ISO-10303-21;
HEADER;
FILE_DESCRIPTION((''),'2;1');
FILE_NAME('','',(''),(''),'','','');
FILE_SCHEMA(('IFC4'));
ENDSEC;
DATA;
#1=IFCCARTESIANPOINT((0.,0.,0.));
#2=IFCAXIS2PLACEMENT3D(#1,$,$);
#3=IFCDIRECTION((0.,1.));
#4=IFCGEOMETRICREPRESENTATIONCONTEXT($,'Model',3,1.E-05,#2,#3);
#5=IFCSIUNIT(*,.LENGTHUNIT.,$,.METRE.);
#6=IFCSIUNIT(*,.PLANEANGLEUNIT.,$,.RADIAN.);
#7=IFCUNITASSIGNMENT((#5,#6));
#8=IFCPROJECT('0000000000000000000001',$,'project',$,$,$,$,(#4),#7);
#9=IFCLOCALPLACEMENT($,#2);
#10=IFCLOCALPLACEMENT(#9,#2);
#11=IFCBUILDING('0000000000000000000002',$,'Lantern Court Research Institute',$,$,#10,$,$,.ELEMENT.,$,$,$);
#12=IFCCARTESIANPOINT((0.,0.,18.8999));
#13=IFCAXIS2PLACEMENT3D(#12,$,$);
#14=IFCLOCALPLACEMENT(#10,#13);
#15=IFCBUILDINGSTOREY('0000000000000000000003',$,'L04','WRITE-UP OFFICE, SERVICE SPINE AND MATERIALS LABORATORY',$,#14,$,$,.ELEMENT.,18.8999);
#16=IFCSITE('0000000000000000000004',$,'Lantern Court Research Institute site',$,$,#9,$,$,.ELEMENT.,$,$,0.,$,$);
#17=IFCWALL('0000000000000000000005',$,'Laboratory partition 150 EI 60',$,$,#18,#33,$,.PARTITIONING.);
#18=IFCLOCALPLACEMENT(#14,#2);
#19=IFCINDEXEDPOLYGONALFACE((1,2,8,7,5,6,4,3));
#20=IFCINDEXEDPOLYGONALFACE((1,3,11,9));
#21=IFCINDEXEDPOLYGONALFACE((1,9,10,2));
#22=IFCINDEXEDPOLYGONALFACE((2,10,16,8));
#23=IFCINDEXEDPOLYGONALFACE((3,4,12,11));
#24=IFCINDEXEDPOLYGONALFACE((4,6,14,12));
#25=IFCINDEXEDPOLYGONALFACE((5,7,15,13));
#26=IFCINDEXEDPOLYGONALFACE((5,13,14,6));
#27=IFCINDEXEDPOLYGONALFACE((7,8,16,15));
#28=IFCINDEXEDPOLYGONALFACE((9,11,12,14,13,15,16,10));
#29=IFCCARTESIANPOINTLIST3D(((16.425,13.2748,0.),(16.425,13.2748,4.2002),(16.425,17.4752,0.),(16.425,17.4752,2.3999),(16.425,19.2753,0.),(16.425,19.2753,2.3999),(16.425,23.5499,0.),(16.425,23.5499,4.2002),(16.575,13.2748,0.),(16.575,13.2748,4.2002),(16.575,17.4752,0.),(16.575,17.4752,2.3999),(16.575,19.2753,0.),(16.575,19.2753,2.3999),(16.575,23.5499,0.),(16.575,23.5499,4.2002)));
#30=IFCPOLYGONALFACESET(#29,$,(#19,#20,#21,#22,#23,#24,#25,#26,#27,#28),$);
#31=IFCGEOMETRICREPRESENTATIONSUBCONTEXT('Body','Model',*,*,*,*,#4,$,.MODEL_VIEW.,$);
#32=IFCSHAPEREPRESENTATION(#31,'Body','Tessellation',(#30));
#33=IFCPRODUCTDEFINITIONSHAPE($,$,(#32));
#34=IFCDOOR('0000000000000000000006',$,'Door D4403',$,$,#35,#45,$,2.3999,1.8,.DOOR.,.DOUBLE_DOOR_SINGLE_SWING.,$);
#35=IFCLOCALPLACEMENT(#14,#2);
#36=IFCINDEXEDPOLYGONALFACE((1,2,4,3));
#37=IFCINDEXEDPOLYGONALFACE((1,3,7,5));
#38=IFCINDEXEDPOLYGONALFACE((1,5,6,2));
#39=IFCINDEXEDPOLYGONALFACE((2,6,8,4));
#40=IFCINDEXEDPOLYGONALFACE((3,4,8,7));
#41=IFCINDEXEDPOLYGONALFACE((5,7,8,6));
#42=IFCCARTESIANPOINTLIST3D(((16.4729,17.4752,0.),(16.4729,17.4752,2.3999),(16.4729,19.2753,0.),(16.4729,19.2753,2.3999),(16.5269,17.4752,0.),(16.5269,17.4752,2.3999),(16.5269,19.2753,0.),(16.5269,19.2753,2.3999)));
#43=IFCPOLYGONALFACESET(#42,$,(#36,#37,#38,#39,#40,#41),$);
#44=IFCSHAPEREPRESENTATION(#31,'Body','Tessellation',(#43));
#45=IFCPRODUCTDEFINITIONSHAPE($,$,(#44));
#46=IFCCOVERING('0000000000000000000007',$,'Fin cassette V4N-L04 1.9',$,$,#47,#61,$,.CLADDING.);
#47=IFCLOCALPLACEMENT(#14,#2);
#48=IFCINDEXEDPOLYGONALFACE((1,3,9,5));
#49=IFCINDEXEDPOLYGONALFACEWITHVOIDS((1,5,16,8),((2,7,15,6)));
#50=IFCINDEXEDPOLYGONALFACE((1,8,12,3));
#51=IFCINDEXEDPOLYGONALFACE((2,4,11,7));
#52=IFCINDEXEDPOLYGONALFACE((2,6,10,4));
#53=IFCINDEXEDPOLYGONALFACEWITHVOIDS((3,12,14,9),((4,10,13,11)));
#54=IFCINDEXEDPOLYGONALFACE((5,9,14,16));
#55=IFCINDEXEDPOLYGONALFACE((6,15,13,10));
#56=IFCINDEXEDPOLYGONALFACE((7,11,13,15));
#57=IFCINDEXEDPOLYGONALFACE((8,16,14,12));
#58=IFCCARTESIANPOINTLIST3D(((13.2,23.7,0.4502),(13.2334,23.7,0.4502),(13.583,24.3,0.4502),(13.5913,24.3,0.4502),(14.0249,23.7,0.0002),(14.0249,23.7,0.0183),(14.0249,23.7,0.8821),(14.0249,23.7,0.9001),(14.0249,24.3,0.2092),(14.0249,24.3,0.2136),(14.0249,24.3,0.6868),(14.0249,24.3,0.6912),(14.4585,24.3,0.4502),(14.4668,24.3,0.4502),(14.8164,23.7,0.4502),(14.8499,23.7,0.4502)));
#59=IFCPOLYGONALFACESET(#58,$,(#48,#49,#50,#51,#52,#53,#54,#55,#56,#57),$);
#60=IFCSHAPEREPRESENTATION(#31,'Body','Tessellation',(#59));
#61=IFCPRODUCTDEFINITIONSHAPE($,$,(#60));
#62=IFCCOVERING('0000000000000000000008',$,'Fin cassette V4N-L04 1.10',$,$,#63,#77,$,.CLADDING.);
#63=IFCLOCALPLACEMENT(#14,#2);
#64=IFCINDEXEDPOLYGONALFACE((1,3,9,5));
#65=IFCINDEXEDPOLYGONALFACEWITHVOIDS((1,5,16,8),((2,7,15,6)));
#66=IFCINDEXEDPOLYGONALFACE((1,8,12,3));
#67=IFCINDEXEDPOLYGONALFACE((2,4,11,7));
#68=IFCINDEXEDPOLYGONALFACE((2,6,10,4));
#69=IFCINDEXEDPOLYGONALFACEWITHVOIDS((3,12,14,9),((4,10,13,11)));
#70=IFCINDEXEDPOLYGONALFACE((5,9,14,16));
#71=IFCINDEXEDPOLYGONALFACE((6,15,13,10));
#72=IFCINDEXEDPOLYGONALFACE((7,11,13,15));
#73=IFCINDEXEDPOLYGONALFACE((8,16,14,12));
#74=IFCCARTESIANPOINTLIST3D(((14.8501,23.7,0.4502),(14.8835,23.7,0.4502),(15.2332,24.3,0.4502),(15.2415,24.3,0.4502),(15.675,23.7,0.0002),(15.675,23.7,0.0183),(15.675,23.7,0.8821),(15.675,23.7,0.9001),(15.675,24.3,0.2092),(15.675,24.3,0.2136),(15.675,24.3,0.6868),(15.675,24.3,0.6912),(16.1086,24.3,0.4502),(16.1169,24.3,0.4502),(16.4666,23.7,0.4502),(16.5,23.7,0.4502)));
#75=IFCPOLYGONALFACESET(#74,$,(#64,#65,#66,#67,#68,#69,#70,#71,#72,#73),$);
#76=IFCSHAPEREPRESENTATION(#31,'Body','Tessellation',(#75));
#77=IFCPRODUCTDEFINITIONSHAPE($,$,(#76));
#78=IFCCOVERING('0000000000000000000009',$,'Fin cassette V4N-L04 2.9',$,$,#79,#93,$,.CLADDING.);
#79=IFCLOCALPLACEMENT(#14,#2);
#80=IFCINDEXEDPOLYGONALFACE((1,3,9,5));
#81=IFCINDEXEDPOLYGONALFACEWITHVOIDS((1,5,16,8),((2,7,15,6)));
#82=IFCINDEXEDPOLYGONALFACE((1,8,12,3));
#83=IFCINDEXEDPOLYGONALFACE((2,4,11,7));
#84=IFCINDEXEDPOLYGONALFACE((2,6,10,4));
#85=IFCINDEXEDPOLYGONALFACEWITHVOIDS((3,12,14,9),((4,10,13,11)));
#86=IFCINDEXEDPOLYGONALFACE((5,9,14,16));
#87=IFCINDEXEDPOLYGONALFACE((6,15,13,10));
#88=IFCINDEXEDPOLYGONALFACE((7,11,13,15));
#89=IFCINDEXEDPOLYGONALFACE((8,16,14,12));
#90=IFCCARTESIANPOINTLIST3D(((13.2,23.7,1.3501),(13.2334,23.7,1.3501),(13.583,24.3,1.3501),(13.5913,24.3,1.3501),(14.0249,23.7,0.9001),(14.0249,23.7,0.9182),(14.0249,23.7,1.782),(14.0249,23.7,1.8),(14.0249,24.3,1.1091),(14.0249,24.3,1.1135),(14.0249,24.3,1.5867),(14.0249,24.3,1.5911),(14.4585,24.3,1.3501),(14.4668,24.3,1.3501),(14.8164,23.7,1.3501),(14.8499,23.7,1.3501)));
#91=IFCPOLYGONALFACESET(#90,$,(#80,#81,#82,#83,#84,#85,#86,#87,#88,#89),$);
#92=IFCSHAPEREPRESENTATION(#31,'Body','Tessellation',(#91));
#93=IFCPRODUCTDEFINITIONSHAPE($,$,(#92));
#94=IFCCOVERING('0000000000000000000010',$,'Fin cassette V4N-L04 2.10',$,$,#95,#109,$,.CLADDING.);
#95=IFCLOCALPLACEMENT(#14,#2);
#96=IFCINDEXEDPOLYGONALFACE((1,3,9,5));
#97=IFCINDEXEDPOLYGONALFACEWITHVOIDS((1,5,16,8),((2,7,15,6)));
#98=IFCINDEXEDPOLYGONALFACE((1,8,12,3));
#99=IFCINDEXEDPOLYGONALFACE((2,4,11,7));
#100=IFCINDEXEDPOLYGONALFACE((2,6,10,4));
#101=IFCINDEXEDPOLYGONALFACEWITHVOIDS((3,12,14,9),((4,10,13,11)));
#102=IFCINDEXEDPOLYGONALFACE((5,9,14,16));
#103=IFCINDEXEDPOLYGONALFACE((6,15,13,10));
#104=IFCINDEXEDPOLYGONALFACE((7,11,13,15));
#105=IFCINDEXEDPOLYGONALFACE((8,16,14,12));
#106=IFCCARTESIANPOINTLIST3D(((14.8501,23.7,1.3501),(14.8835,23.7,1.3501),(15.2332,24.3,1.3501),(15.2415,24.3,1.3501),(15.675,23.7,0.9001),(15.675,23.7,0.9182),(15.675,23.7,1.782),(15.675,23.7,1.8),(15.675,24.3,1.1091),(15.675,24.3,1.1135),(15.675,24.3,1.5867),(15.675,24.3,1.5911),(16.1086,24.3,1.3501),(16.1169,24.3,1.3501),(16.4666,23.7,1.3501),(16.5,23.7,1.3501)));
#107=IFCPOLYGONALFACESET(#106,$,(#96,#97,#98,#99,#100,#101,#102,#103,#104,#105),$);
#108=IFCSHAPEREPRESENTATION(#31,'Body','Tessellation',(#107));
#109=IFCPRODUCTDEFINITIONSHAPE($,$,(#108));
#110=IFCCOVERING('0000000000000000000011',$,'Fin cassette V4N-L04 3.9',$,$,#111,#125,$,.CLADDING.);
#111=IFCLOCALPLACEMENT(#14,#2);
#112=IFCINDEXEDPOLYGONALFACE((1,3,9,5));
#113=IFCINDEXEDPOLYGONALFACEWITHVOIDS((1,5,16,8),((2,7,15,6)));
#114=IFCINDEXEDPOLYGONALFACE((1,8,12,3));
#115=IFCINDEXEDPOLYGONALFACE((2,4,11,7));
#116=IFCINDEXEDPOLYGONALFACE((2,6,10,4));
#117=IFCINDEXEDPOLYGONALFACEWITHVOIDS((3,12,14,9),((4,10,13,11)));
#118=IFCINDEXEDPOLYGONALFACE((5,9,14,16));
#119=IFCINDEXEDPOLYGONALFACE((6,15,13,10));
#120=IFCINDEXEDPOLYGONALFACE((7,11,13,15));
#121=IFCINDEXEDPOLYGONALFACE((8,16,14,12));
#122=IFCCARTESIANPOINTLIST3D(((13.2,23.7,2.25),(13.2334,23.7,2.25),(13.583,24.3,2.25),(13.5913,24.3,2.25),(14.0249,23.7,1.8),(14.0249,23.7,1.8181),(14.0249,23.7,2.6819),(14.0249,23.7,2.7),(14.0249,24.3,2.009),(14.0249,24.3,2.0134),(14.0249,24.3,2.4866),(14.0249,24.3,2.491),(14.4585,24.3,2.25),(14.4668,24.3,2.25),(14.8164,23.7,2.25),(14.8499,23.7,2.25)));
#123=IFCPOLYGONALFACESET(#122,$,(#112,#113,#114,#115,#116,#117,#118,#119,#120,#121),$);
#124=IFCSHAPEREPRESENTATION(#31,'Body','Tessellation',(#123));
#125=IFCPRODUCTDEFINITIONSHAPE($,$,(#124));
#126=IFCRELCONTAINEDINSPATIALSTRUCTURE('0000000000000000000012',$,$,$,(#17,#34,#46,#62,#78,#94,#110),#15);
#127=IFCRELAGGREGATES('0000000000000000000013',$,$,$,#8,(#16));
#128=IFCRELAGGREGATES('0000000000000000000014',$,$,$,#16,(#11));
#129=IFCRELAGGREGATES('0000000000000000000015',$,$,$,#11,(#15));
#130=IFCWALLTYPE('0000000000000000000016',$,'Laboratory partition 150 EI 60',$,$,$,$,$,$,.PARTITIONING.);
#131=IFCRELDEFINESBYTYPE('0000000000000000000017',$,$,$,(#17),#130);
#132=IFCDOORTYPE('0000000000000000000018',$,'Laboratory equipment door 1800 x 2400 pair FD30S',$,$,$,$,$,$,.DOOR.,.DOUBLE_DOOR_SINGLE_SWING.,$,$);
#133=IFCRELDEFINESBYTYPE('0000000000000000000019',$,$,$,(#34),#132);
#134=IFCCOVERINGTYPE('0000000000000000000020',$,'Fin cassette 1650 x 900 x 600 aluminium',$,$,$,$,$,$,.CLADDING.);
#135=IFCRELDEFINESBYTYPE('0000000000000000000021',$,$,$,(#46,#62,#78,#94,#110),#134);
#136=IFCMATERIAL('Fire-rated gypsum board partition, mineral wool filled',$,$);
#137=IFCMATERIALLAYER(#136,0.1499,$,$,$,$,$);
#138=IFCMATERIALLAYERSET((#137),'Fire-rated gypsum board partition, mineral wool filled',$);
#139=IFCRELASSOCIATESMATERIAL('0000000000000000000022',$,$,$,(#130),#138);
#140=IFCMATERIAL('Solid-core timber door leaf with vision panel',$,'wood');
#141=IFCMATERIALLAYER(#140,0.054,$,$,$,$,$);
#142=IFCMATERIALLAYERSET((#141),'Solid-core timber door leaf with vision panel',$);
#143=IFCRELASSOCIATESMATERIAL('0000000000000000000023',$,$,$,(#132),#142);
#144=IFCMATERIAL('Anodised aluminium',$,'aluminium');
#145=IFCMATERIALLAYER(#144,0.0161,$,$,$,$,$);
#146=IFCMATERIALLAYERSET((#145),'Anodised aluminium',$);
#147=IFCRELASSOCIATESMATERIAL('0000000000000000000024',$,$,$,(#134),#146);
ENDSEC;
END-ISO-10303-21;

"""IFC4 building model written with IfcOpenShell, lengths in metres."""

from ifc_helpers import new_model, entity, si_unit, direction, frame, frame_2d, origin, place, context, subcontext, project, spatial, rectangle, extrude, material, layer, layer_set, type_object, element, fill, save


model = new_model("IFC4")

# Units and contexts
model_context = context("Model", 3, precision=1e-05, world=origin(), true_north=direction((0.0, 1.0)))
body_context = subcontext(model_context, "Body", "Model", "MODEL_VIEW")
ifc_project = project(units=[si_unit("LENGTHUNIT", "METRE"), si_unit("PLANEANGLEUNIT", "RADIAN")], contexts=[model_context])

# Site, building, storey
site_placement = place(None, origin())
site = spatial("IfcSite", under=ifc_project, at=site_placement, Name="Lantern Court Research Institute site", CompositionType="ELEMENT", RefElevation=0.0)
building_placement = place(site_placement, origin())
building = spatial("IfcBuilding", under=site, at=building_placement, Name="Lantern Court Research Institute", CompositionType="ELEMENT")
storey_placement = place(building_placement, frame((0.0, 0.0, 18.8999)))
storey = spatial("IfcBuildingStorey", under=building, at=storey_placement, Name="L04", Description="WRITE-UP OFFICE, SERVICE SPINE AND MATERIALS LABORATORY", CompositionType="ELEMENT", Elevation=18.8999)

# Wall, opening, door
ifc_material_1 = material(Name="Fire-rated gypsum board partition, mineral wool filled")
ifc_layer_1 = layer(ifc_material_1, 0.1499)
ifc_layer_set_1 = layer_set([ifc_layer_1], Name="Fire-rated gypsum board partition, mineral wool filled")
wall_type = type_object("IfcWallType", Name="Laboratory partition 150 EI 60", PredefinedType="PARTITIONING", material=ifc_layer_set_1)
wall_placement = place(storey_placement, frame((16.5, 23.55, 0.0), z_axis=(0.0, 0.0, 1.0), x_axis=(0.0, -1.0, 0.0)))
wall = element("IfcWall", 1, at=wall_placement, inside=storey, type_object=wall_type, Name="Laboratory partition 150 EI 60", PredefinedType="PARTITIONING", context=body_context, shape_type="SweptSolid", body=[
    extrude(rectangle(XDim=10.2751, YDim=0.1499, at=frame_2d((5.1377, 0.0))), origin(), (0.0, 0.0, 1.0), 4.2002),
])
opening_placement = place(wall_placement, frame((4.2749, 0.0, 0.0)))
opening = element("IfcOpeningElement", 2, at=opening_placement, cuts=wall, PredefinedType="OPENING", context=body_context, shape_type="SweptSolid", body=[
    extrude(rectangle(XDim=1.8, YDim=2.3999, at=frame_2d((0.8999, 1.2))), frame((0.0, 0.085, 0.0), z_axis=(0.0, -1.0, 0.0), x_axis=(1.0, 0.0, 0.0)), (0.0, 0.0, 1.0), 0.1699),
])
ifc_material_2 = material(Name="Solid-core timber door leaf with vision panel", Category="wood")
ifc_layer_2 = layer(ifc_material_2, 0.054)
ifc_layer_set_2 = layer_set([ifc_layer_2], Name="Solid-core timber door leaf with vision panel")
door_type = type_object("IfcDoorType", Name="Laboratory equipment door 1800 x 2400 pair FD30S", OperationType="DOUBLE_DOOR_SINGLE_SWING", PredefinedType="DOOR", material=ifc_layer_set_2)
door_placement = place(opening_placement, origin())
door = element("IfcDoor", 3, at=door_placement, inside=storey, type_object=door_type, Name="Door D4403", OperationType="DOUBLE_DOOR_SINGLE_SWING", OverallHeight=2.3999, OverallWidth=1.8, PredefinedType="DOOR", context=body_context, shape_type="SweptSolid", body=[
    extrude(rectangle(XDim=1.8, YDim=2.3999, at=frame_2d((0.8999, 1.2))), frame((0.0, 0.0269, 0.0), z_axis=(0.0, -1.0, 0.0), x_axis=(1.0, 0.0, 0.0)), (0.0, 0.0, 1.0), 0.054),
])
fill(opening, door)

# Coverings
ifc_material_3 = material(Name="Anodised aluminium", Category="aluminium")
ifc_layer_3 = layer(ifc_material_3, 0.0161)
ifc_layer_set_3 = layer_set([ifc_layer_3], Name="Anodised aluminium")
covering_type = type_object("IfcCoveringType", Name="Fin cassette 1650 x 900 x 600 aluminium", PredefinedType="CLADDING", material=ifc_layer_set_3)
covering_1_placement = place(storey_placement, frame((14.0249, 23.7, 0.4502), z_axis=(0.0, 1.0, 0.0), x_axis=(-1.0, 0.0, 0.0)))
cartesian_point_1 = entity("IfcCartesianPoint", [0.825, 0.0])
cartesian_point_2 = entity("IfcCartesianPoint", [0.7915, 0.0])
cartesian_point_3 = entity("IfcCartesianPoint", [0.4419, 0.0])
cartesian_point_4 = entity("IfcCartesianPoint", [0.4336, 0.0])
element("IfcCovering", 4, at=covering_1_placement, inside=storey, type_object=covering_type, Name="Fin cassette V4N-L04 1.9", PredefinedType="CLADDING", context=body_context, shape_type="SweptSolid", body=[
    entity("IfcExtrudedAreaSolidTapered", entity("IfcArbitraryProfileDefWithVoids", "AREA", None, entity("IfcPolyline", [cartesian_point_1, entity("IfcCartesianPoint", [0.0, 0.45]), entity("IfcCartesianPoint", [-0.825, 0.0]), entity("IfcCartesianPoint", [0.0, -0.45]), cartesian_point_1]), [entity("IfcPolyline", [cartesian_point_2, entity("IfcCartesianPoint", [0.0, 0.4319]), entity("IfcCartesianPoint", [-0.7915, 0.0]), entity("IfcCartesianPoint", [0.0, -0.4319]), cartesian_point_2])]), entity("IfcAxis2Placement3D", entity("IfcCartesianPoint", [0.0, 0.0, 0.0])), entity("IfcDirection", [0.0, 0.0, 1.0]), 0.6001, entity("IfcArbitraryProfileDefWithVoids", "AREA", None, entity("IfcPolyline", [cartesian_point_3, entity("IfcCartesianPoint", [0.0, 0.241]), entity("IfcCartesianPoint", [-0.4419, 0.0]), entity("IfcCartesianPoint", [0.0, -0.241]), cartesian_point_3]), [entity("IfcPolyline", [cartesian_point_4, entity("IfcCartesianPoint", [0.0, 0.2366]), entity("IfcCartesianPoint", [-0.4336, 0.0]), entity("IfcCartesianPoint", [0.0, -0.2366]), cartesian_point_4])])),
])
covering_2_placement = place(storey_placement, frame((15.675, 23.7, 0.4502), z_axis=(0.0, 1.0, 0.0), x_axis=(-1.0, 0.0, 0.0)))
cartesian_point_5 = entity("IfcCartesianPoint", [0.825, 0.0])
cartesian_point_6 = entity("IfcCartesianPoint", [0.7915, 0.0])
cartesian_point_7 = entity("IfcCartesianPoint", [0.4419, 0.0])
cartesian_point_8 = entity("IfcCartesianPoint", [0.4336, 0.0])
element("IfcCovering", 5, at=covering_2_placement, inside=storey, type_object=covering_type, Name="Fin cassette V4N-L04 1.10", PredefinedType="CLADDING", context=body_context, shape_type="SweptSolid", body=[
    entity("IfcExtrudedAreaSolidTapered", entity("IfcArbitraryProfileDefWithVoids", "AREA", None, entity("IfcPolyline", [cartesian_point_5, entity("IfcCartesianPoint", [0.0, 0.45]), entity("IfcCartesianPoint", [-0.825, 0.0]), entity("IfcCartesianPoint", [0.0, -0.45]), cartesian_point_5]), [entity("IfcPolyline", [cartesian_point_6, entity("IfcCartesianPoint", [0.0, 0.4319]), entity("IfcCartesianPoint", [-0.7915, 0.0]), entity("IfcCartesianPoint", [0.0, -0.4319]), cartesian_point_6])]), entity("IfcAxis2Placement3D", entity("IfcCartesianPoint", [0.0, 0.0, 0.0])), entity("IfcDirection", [0.0, 0.0, 1.0]), 0.6001, entity("IfcArbitraryProfileDefWithVoids", "AREA", None, entity("IfcPolyline", [cartesian_point_7, entity("IfcCartesianPoint", [0.0, 0.241]), entity("IfcCartesianPoint", [-0.4419, 0.0]), entity("IfcCartesianPoint", [0.0, -0.241]), cartesian_point_7]), [entity("IfcPolyline", [cartesian_point_8, entity("IfcCartesianPoint", [0.0, 0.2366]), entity("IfcCartesianPoint", [-0.4336, 0.0]), entity("IfcCartesianPoint", [0.0, -0.2366]), cartesian_point_8])])),
])
covering_3_placement = place(storey_placement, frame((14.0249, 23.7, 1.3501), z_axis=(0.0, 1.0, 0.0), x_axis=(-1.0, 0.0, 0.0)))
cartesian_point_9 = entity("IfcCartesianPoint", [0.825, 0.0])
cartesian_point_10 = entity("IfcCartesianPoint", [0.7915, 0.0])
cartesian_point_11 = entity("IfcCartesianPoint", [0.4419, 0.0])
cartesian_point_12 = entity("IfcCartesianPoint", [0.4336, 0.0])
element("IfcCovering", 6, at=covering_3_placement, inside=storey, type_object=covering_type, Name="Fin cassette V4N-L04 2.9", PredefinedType="CLADDING", context=body_context, shape_type="SweptSolid", body=[
    entity("IfcExtrudedAreaSolidTapered", entity("IfcArbitraryProfileDefWithVoids", "AREA", None, entity("IfcPolyline", [cartesian_point_9, entity("IfcCartesianPoint", [0.0, 0.45]), entity("IfcCartesianPoint", [-0.825, 0.0]), entity("IfcCartesianPoint", [0.0, -0.45]), cartesian_point_9]), [entity("IfcPolyline", [cartesian_point_10, entity("IfcCartesianPoint", [0.0, 0.4319]), entity("IfcCartesianPoint", [-0.7915, 0.0]), entity("IfcCartesianPoint", [0.0, -0.4319]), cartesian_point_10])]), entity("IfcAxis2Placement3D", entity("IfcCartesianPoint", [0.0, 0.0, 0.0])), entity("IfcDirection", [0.0, 0.0, 1.0]), 0.6001, entity("IfcArbitraryProfileDefWithVoids", "AREA", None, entity("IfcPolyline", [cartesian_point_11, entity("IfcCartesianPoint", [0.0, 0.241]), entity("IfcCartesianPoint", [-0.4419, 0.0]), entity("IfcCartesianPoint", [0.0, -0.241]), cartesian_point_11]), [entity("IfcPolyline", [cartesian_point_12, entity("IfcCartesianPoint", [0.0, 0.2366]), entity("IfcCartesianPoint", [-0.4336, 0.0]), entity("IfcCartesianPoint", [0.0, -0.2366]), cartesian_point_12])])),
])
covering_4_placement = place(storey_placement, frame((15.675, 23.7, 1.3501), z_axis=(0.0, 1.0, 0.0), x_axis=(-1.0, 0.0, 0.0)))
cartesian_point_13 = entity("IfcCartesianPoint", [0.825, 0.0])
cartesian_point_14 = entity("IfcCartesianPoint", [0.7915, 0.0])
cartesian_point_15 = entity("IfcCartesianPoint", [0.4419, 0.0])
cartesian_point_16 = entity("IfcCartesianPoint", [0.4336, 0.0])
element("IfcCovering", 7, at=covering_4_placement, inside=storey, type_object=covering_type, Name="Fin cassette V4N-L04 2.10", PredefinedType="CLADDING", context=body_context, shape_type="SweptSolid", body=[
    entity("IfcExtrudedAreaSolidTapered", entity("IfcArbitraryProfileDefWithVoids", "AREA", None, entity("IfcPolyline", [cartesian_point_13, entity("IfcCartesianPoint", [0.0, 0.45]), entity("IfcCartesianPoint", [-0.825, 0.0]), entity("IfcCartesianPoint", [0.0, -0.45]), cartesian_point_13]), [entity("IfcPolyline", [cartesian_point_14, entity("IfcCartesianPoint", [0.0, 0.4319]), entity("IfcCartesianPoint", [-0.7915, 0.0]), entity("IfcCartesianPoint", [0.0, -0.4319]), cartesian_point_14])]), entity("IfcAxis2Placement3D", entity("IfcCartesianPoint", [0.0, 0.0, 0.0])), entity("IfcDirection", [0.0, 0.0, 1.0]), 0.6001, entity("IfcArbitraryProfileDefWithVoids", "AREA", None, entity("IfcPolyline", [cartesian_point_15, entity("IfcCartesianPoint", [0.0, 0.241]), entity("IfcCartesianPoint", [-0.4419, 0.0]), entity("IfcCartesianPoint", [0.0, -0.241]), cartesian_point_15]), [entity("IfcPolyline", [cartesian_point_16, entity("IfcCartesianPoint", [0.0, 0.2366]), entity("IfcCartesianPoint", [-0.4336, 0.0]), entity("IfcCartesianPoint", [0.0, -0.2366]), cartesian_point_16])])),
])
covering_5_placement = place(storey_placement, frame((14.0249, 23.7, 2.25), z_axis=(0.0, 1.0, 0.0), x_axis=(-1.0, 0.0, 0.0)))
cartesian_point_17 = entity("IfcCartesianPoint", [0.825, 0.0])
cartesian_point_18 = entity("IfcCartesianPoint", [0.7915, 0.0])
cartesian_point_19 = entity("IfcCartesianPoint", [0.4419, 0.0])
cartesian_point_20 = entity("IfcCartesianPoint", [0.4336, 0.0])
element("IfcCovering", 8, at=covering_5_placement, inside=storey, type_object=covering_type, Name="Fin cassette V4N-L04 3.9", PredefinedType="CLADDING", context=body_context, shape_type="SweptSolid", body=[
    entity("IfcExtrudedAreaSolidTapered", entity("IfcArbitraryProfileDefWithVoids", "AREA", None, entity("IfcPolyline", [cartesian_point_17, entity("IfcCartesianPoint", [0.0, 0.45]), entity("IfcCartesianPoint", [-0.825, 0.0]), entity("IfcCartesianPoint", [0.0, -0.45]), cartesian_point_17]), [entity("IfcPolyline", [cartesian_point_18, entity("IfcCartesianPoint", [0.0, 0.4319]), entity("IfcCartesianPoint", [-0.7915, 0.0]), entity("IfcCartesianPoint", [0.0, -0.4319]), cartesian_point_18])]), entity("IfcAxis2Placement3D", entity("IfcCartesianPoint", [0.0, 0.0, 0.0])), entity("IfcDirection", [0.0, 0.0, 1.0]), 0.6001, entity("IfcArbitraryProfileDefWithVoids", "AREA", None, entity("IfcPolyline", [cartesian_point_19, entity("IfcCartesianPoint", [0.0, 0.241]), entity("IfcCartesianPoint", [-0.4419, 0.0]), entity("IfcCartesianPoint", [0.0, -0.241]), cartesian_point_19]), [entity("IfcPolyline", [cartesian_point_20, entity("IfcCartesianPoint", [0.0, 0.2366]), entity("IfcCartesianPoint", [-0.4336, 0.0]), entity("IfcCartesianPoint", [0.0, -0.2366]), cartesian_point_20])])),
])

save(model, "model.ifc")
